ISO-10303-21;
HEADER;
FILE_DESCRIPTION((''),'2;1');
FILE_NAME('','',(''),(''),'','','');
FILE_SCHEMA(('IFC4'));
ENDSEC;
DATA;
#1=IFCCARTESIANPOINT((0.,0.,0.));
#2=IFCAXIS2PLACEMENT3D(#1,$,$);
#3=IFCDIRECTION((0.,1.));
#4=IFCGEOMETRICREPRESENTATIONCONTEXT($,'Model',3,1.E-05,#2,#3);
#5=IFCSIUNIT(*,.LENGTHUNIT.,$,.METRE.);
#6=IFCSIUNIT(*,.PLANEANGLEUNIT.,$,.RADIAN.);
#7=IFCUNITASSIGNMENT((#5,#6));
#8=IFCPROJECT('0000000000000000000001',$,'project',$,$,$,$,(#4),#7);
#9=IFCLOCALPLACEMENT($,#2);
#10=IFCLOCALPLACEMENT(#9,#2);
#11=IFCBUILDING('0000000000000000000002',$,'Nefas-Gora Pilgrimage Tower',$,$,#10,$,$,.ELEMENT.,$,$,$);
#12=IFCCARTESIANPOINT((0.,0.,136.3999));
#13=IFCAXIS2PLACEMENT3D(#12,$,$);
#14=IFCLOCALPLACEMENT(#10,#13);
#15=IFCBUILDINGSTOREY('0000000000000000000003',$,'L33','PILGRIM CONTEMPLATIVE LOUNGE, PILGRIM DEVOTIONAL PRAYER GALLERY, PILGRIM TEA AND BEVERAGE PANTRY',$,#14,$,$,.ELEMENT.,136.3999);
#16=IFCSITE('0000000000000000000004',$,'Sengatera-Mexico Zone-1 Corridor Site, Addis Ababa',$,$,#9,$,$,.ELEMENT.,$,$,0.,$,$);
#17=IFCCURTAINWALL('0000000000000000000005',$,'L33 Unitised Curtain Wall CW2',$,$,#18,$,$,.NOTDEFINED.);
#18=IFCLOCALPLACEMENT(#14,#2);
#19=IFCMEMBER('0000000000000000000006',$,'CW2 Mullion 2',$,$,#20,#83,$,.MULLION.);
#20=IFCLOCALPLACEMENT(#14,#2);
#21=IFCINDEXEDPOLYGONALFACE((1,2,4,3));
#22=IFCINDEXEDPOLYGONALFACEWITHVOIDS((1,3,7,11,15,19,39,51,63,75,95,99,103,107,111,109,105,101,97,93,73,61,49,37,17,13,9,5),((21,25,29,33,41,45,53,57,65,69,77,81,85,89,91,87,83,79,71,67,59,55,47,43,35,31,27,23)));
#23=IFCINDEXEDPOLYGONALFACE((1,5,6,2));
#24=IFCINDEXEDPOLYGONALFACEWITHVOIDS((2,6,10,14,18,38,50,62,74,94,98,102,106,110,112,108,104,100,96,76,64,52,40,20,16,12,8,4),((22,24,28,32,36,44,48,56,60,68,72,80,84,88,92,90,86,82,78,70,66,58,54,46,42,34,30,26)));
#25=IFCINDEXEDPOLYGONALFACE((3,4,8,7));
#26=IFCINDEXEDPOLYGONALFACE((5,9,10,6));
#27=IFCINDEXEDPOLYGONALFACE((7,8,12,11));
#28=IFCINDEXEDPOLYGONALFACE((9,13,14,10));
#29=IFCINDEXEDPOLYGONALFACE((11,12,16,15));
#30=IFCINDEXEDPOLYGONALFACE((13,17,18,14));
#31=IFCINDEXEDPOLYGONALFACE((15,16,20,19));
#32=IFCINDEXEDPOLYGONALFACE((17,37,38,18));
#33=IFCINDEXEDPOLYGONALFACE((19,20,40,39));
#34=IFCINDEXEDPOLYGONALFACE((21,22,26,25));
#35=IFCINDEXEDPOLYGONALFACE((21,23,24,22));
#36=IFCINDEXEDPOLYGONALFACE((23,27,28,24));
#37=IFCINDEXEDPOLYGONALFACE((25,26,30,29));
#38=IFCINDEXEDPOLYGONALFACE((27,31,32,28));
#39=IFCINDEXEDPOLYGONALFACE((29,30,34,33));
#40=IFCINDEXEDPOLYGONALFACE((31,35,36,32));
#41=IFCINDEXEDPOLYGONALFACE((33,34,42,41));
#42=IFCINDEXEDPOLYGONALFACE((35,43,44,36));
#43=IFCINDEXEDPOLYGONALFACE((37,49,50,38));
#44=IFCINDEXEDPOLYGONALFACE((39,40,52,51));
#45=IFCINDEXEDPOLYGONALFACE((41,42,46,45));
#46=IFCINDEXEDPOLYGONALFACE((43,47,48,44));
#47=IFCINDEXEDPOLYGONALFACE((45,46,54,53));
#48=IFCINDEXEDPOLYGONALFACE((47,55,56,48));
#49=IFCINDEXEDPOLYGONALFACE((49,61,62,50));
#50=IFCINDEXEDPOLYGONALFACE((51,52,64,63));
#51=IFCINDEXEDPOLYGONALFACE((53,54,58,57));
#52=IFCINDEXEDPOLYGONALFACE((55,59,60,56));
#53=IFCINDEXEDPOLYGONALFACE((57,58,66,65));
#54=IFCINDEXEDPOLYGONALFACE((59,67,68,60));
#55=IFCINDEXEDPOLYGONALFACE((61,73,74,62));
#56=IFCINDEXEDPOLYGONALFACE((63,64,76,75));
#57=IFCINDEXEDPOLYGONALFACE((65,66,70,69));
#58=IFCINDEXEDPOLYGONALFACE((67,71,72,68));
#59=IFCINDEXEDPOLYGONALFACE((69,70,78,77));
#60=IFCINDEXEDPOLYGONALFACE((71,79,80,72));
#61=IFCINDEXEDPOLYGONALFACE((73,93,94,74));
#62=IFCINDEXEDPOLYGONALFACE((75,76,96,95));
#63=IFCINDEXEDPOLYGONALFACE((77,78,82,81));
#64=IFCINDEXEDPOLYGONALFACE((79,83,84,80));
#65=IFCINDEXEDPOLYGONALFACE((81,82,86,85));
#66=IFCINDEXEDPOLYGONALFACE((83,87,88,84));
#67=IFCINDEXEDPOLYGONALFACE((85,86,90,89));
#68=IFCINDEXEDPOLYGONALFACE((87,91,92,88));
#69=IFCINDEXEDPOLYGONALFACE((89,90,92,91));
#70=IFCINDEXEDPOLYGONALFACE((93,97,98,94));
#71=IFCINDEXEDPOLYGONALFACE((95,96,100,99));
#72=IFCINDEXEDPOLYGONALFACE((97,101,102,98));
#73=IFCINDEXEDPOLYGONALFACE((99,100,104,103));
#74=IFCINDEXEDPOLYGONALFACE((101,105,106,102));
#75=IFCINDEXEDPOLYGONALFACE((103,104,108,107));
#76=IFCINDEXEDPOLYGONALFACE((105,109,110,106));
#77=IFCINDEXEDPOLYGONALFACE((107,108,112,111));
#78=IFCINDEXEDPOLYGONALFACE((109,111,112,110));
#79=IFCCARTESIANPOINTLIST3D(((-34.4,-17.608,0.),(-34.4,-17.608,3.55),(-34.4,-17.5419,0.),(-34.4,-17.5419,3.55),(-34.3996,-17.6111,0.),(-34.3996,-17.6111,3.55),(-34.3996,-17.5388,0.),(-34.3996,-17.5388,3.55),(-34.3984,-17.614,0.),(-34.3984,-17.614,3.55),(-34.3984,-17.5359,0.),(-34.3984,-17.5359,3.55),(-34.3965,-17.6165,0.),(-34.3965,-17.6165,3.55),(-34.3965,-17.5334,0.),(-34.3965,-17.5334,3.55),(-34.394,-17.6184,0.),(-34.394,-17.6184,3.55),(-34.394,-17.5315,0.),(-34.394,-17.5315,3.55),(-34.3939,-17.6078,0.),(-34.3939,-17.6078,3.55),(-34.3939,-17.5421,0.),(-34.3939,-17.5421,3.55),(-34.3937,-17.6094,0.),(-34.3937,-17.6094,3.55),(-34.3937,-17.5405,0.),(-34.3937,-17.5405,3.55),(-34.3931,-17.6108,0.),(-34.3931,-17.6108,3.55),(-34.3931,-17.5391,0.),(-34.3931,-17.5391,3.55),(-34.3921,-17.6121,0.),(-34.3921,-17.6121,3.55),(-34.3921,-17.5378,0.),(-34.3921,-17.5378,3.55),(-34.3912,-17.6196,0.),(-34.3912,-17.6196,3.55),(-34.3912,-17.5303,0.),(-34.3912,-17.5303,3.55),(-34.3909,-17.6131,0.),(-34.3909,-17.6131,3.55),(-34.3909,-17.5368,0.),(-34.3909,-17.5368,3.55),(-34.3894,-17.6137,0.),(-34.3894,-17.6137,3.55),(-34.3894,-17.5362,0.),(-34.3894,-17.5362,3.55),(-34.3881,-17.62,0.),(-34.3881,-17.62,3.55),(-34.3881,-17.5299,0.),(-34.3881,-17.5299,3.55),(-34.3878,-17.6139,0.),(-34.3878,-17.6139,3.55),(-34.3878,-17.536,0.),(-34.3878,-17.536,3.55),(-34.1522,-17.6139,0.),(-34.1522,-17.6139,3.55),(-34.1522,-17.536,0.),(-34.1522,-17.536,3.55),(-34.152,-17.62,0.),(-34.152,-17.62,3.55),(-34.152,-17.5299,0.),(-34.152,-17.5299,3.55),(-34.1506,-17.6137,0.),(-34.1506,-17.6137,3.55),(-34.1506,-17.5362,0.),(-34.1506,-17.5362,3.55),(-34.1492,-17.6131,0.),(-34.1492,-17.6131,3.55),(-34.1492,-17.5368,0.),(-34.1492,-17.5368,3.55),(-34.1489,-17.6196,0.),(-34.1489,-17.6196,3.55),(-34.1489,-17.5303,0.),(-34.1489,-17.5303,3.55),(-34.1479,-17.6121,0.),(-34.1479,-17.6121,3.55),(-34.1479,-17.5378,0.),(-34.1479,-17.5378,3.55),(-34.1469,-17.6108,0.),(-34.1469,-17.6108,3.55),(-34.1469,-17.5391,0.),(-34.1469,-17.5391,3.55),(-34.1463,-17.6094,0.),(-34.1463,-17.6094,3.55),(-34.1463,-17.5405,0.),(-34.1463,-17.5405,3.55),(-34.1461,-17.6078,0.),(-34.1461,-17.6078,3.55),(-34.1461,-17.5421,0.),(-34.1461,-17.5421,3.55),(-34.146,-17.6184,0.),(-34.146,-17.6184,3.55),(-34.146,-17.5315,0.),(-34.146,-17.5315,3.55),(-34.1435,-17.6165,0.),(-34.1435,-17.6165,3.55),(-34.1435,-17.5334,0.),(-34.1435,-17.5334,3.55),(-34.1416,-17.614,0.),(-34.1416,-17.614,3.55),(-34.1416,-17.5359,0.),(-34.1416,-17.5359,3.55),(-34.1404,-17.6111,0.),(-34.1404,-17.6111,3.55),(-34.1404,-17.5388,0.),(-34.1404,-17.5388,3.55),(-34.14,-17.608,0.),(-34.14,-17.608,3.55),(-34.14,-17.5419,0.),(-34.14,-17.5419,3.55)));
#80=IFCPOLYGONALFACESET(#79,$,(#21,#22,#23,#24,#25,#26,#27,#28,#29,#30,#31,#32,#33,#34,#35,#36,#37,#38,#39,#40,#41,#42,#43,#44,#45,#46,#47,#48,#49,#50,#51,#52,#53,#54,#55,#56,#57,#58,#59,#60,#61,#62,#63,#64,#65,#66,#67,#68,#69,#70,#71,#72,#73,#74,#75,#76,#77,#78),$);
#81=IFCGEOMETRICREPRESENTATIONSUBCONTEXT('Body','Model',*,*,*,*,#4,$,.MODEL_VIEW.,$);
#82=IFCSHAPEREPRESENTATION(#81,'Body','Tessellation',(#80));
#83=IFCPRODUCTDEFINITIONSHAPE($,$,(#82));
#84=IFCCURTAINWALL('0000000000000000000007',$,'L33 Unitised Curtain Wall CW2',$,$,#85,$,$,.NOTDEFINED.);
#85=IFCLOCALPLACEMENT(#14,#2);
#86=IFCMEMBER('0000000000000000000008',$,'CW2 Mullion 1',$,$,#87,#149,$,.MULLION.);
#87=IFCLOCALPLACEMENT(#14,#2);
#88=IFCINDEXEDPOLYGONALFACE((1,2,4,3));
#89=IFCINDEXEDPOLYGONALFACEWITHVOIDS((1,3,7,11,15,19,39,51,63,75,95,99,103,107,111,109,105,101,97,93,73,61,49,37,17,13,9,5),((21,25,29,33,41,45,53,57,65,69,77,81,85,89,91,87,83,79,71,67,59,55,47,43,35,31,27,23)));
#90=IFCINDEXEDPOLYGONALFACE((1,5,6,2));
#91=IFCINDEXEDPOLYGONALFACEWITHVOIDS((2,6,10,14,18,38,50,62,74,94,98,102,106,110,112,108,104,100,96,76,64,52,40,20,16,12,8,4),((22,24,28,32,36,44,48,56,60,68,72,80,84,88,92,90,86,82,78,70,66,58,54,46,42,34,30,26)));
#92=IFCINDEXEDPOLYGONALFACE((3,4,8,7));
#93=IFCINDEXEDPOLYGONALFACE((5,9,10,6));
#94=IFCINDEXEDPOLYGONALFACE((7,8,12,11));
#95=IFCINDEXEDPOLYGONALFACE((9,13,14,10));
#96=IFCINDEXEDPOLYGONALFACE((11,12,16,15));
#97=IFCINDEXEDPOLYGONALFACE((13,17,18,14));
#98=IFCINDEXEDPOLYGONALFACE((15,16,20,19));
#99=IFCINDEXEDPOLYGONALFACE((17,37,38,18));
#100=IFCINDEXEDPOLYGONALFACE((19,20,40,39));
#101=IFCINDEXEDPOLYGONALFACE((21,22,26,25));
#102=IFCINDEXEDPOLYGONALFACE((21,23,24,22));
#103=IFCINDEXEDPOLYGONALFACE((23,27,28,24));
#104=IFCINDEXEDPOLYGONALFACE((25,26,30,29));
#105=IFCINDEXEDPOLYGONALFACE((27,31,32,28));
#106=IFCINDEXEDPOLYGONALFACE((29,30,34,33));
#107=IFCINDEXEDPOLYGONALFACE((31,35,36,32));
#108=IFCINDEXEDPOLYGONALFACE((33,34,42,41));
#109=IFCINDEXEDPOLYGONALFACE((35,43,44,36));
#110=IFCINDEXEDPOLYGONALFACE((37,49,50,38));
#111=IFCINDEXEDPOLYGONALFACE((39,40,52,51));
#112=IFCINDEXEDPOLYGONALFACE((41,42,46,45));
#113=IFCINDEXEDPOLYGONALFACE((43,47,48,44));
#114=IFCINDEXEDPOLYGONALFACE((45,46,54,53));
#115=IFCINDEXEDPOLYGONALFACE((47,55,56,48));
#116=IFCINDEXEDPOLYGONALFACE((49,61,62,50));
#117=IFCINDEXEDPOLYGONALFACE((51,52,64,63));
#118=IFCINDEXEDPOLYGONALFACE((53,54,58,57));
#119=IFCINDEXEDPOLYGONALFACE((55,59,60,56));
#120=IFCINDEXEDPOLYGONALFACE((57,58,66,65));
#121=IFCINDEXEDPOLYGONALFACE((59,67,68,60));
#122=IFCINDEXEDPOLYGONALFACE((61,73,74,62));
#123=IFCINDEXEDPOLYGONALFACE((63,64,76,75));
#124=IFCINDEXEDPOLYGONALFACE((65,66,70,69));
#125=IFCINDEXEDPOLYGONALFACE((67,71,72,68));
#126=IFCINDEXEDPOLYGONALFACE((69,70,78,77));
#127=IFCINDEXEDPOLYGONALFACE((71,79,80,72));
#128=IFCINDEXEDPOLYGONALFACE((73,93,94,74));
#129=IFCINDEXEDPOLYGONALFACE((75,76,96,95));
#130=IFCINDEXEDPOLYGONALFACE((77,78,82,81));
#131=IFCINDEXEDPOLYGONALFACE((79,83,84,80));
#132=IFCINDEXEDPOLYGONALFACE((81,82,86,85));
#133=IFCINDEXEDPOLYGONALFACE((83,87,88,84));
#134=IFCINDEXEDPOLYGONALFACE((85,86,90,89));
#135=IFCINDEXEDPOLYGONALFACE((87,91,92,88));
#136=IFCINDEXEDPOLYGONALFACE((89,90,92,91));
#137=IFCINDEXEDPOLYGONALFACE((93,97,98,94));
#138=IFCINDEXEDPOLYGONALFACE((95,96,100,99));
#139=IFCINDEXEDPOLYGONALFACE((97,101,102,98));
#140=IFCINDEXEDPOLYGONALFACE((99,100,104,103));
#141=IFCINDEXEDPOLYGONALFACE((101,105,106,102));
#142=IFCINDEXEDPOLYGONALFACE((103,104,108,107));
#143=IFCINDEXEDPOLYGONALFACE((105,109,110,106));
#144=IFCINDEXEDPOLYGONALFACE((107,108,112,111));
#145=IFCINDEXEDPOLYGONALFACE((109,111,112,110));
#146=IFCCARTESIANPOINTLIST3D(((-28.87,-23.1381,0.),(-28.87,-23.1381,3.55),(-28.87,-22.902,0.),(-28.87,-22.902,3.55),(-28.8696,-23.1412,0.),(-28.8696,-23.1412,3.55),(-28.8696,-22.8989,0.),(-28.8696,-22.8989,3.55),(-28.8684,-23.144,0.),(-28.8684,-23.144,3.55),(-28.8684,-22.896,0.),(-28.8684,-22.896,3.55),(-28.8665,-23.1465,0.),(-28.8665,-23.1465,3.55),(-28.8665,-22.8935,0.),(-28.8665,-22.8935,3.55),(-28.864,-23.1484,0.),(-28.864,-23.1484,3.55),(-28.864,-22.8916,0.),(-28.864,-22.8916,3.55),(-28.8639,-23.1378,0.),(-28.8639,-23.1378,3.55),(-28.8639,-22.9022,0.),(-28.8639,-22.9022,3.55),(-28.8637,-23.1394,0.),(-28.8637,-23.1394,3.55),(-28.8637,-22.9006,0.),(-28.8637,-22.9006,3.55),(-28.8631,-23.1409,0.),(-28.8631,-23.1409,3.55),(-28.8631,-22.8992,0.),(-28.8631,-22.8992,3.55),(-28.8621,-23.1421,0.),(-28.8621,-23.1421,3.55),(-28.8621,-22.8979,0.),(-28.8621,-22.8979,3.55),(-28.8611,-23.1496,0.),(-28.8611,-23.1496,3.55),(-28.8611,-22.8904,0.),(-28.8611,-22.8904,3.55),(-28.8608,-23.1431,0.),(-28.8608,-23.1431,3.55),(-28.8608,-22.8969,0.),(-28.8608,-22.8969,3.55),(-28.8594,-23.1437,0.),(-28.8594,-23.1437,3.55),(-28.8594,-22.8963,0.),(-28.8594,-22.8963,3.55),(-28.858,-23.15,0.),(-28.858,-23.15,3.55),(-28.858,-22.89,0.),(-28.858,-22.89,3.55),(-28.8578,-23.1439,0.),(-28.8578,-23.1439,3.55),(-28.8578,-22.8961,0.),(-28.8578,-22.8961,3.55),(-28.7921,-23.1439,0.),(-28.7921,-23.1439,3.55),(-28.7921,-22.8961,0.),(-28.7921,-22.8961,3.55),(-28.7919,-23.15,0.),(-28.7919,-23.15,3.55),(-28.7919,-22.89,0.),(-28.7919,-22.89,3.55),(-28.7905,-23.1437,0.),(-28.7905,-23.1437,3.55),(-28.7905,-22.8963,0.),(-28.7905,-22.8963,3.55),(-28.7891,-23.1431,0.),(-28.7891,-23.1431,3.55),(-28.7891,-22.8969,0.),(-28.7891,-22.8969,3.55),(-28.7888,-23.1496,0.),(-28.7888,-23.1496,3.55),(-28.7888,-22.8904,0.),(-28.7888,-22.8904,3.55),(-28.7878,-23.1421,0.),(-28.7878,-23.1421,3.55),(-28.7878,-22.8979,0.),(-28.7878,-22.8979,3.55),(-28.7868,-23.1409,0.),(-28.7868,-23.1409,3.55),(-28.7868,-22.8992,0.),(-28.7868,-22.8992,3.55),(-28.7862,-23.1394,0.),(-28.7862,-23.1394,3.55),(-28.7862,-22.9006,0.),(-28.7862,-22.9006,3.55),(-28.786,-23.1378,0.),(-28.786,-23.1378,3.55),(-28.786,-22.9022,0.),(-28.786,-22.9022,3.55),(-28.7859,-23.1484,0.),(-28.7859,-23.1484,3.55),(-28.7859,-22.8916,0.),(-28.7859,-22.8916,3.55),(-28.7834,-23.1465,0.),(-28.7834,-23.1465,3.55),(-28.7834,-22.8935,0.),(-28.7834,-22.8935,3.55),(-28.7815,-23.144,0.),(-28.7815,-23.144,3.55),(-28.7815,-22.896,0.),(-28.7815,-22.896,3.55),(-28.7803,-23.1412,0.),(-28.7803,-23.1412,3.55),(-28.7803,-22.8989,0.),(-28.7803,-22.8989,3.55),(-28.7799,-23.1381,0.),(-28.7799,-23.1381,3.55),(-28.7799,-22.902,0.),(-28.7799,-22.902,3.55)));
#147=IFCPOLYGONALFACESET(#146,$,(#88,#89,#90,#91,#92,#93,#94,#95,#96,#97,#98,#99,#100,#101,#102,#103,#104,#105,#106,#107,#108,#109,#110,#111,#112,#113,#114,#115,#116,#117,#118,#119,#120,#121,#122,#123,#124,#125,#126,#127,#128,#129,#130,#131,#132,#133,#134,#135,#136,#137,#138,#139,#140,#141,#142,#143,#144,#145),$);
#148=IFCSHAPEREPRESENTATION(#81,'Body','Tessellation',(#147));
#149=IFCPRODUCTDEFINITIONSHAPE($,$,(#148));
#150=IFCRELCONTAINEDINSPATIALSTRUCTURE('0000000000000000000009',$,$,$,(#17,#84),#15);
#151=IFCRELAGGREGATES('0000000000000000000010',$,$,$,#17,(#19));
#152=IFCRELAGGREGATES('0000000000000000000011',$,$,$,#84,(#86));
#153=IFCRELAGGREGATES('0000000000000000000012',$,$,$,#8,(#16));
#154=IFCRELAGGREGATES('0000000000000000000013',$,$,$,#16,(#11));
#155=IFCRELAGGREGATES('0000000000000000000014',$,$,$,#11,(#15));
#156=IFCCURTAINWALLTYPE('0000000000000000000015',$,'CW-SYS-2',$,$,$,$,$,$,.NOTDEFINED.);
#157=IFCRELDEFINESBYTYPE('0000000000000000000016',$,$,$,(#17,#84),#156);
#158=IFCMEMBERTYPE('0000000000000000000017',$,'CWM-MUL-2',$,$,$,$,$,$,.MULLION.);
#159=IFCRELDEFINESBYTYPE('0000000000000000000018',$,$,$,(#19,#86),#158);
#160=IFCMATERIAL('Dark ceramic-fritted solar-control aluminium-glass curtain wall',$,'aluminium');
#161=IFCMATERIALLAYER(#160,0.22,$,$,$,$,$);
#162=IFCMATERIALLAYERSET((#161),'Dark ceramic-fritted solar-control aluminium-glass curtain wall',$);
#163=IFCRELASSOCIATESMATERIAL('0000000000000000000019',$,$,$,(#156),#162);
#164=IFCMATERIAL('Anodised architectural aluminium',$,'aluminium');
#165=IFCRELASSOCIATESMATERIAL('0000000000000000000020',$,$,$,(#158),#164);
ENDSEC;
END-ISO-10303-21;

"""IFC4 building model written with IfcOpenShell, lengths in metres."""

from ifc_helpers import new_model, si_unit, direction, frame, origin, origin_2d, place, context, subcontext, project, spatial, hollow_rectangle, extrude, source, transform, mapped, material, layer, layer_set, material_profile, profile_set, type_object, element, aggregate, save


model = new_model("IFC4")

# Units and contexts
model_context = context("Model", 3, precision=1e-05, world=origin(), true_north=direction((0.0, 1.0)))
body_context = subcontext(model_context, "Body", "Model", "MODEL_VIEW")
ifc_project = project(units=[si_unit("LENGTHUNIT", "METRE"), si_unit("PLANEANGLEUNIT", "RADIAN")], contexts=[model_context])

# Site, building, storey
site_placement = place(None, origin())
site = spatial("IfcSite", under=ifc_project, at=site_placement, Name="Sengatera-Mexico Zone-1 Corridor Site, Addis Ababa", CompositionType="ELEMENT", RefElevation=0.0)
building_placement = place(site_placement, origin())
building = spatial("IfcBuilding", under=site, at=building_placement, Name="Nefas-Gora Pilgrimage Tower", CompositionType="ELEMENT")
storey_placement = place(building_placement, frame((0.0, 0.0, 136.3999)))
storey = spatial("IfcBuildingStorey", under=building, at=storey_placement, Name="L33", Description="PILGRIM CONTEMPLATIVE LOUNGE, PILGRIM DEVOTIONAL PRAYER GALLERY, PILGRIM TEA AND BEVERAGE PANTRY", CompositionType="ELEMENT", Elevation=136.3999)

# Shared definitions
ifc_material_1 = material(Name="Dark ceramic-fritted solar-control aluminium-glass curtain wall", Category="aluminium")
ifc_material_2 = material(Name="Anodised architectural aluminium", Category="aluminium")

# Curtain wall, member
ifc_layer_1 = layer(ifc_material_1, 0.22)
ifc_layer_set_1 = layer_set([ifc_layer_1], Name="Dark ceramic-fritted solar-control aluminium-glass curtain wall")
curtain_wall_type_1 = type_object("IfcCurtainWallType", Name="CW-SYS-2", PredefinedType="NOTDEFINED", material=ifc_layer_set_1)
curtain_wall_1_placement = place(storey_placement, origin())
curtain_wall_1 = element("IfcCurtainWall", 1, at=curtain_wall_1_placement, inside=storey, type_object=curtain_wall_type_1, Name="L33 Unitised Curtain Wall CW2", PredefinedType="NOTDEFINED")
ifc_material_profile_1 = material_profile(ifc_material_2, hollow_rectangle(XDim=0.0901, YDim=0.26, WallThickness=0.0061, InnerFilletRadius=0.0061, OuterFilletRadius=0.012, at=origin_2d()), Name="ALU MULLION 90x260")
ifc_profile_set_1 = profile_set([ifc_material_profile_1], Name="Anodised architectural aluminium")
member_type_1 = type_object("IfcMemberType", Name="CWM-MUL-2", PredefinedType="MULLION", material=ifc_profile_set_1)
shared_shape_1 = source(origin(), body_context, "Body", "SweptSolid", [
    extrude(hollow_rectangle(XDim=0.0901, YDim=0.26, WallThickness=0.0061, InnerFilletRadius=0.0061, OuterFilletRadius=0.012, at=origin_2d()), origin(), (0.0, 0.0, 1.0), 3.55),
])
member_1_placement = place(storey_placement, frame((-34.27, -17.575, 0.0), z_axis=(0.0, 0.0, 1.0), x_axis=(0.0, -1.0, 0.0)))
member_1 = element("IfcMember", 2, at=member_1_placement, type_object=member_type_1, Name="CW2 Mullion 2", PredefinedType="MULLION", context=body_context, shape_type="MappedRepresentation", body=[
    mapped(shared_shape_1, transform((0.0, 0.0, 0.0), x_axis=(1.0, 0.0, 0.0), y_axis=(0.0, 1.0, 0.0), z_axis=(0.0, 0.0, 1.0), scale=1.0)),
])

# Curtain wall, member
curtain_wall_2_placement = place(storey_placement, origin())
curtain_wall_2 = element("IfcCurtainWall", 3, at=curtain_wall_2_placement, inside=storey, type_object=curtain_wall_type_1, Name="L33 Unitised Curtain Wall CW2", PredefinedType="NOTDEFINED")
member_2_placement = place(storey_placement, frame((-28.825, -23.02, 0.0), z_axis=(0.0, 0.0, 1.0), x_axis=(1.0, 0.0, 0.0)))
member_2 = element("IfcMember", 4, at=member_2_placement, type_object=member_type_1, Name="CW2 Mullion 1", PredefinedType="MULLION", context=body_context, shape_type="MappedRepresentation", body=[
    mapped(shared_shape_1, transform((0.0, 0.0, 0.0), x_axis=(1.0, 0.0, 0.0), y_axis=(0.0, 1.0, 0.0), z_axis=(0.0, 0.0, 1.0), scale=1.0)),
])

aggregate(curtain_wall_1, [member_1])
aggregate(curtain_wall_2, [member_2])

save(model, "model.ifc")
